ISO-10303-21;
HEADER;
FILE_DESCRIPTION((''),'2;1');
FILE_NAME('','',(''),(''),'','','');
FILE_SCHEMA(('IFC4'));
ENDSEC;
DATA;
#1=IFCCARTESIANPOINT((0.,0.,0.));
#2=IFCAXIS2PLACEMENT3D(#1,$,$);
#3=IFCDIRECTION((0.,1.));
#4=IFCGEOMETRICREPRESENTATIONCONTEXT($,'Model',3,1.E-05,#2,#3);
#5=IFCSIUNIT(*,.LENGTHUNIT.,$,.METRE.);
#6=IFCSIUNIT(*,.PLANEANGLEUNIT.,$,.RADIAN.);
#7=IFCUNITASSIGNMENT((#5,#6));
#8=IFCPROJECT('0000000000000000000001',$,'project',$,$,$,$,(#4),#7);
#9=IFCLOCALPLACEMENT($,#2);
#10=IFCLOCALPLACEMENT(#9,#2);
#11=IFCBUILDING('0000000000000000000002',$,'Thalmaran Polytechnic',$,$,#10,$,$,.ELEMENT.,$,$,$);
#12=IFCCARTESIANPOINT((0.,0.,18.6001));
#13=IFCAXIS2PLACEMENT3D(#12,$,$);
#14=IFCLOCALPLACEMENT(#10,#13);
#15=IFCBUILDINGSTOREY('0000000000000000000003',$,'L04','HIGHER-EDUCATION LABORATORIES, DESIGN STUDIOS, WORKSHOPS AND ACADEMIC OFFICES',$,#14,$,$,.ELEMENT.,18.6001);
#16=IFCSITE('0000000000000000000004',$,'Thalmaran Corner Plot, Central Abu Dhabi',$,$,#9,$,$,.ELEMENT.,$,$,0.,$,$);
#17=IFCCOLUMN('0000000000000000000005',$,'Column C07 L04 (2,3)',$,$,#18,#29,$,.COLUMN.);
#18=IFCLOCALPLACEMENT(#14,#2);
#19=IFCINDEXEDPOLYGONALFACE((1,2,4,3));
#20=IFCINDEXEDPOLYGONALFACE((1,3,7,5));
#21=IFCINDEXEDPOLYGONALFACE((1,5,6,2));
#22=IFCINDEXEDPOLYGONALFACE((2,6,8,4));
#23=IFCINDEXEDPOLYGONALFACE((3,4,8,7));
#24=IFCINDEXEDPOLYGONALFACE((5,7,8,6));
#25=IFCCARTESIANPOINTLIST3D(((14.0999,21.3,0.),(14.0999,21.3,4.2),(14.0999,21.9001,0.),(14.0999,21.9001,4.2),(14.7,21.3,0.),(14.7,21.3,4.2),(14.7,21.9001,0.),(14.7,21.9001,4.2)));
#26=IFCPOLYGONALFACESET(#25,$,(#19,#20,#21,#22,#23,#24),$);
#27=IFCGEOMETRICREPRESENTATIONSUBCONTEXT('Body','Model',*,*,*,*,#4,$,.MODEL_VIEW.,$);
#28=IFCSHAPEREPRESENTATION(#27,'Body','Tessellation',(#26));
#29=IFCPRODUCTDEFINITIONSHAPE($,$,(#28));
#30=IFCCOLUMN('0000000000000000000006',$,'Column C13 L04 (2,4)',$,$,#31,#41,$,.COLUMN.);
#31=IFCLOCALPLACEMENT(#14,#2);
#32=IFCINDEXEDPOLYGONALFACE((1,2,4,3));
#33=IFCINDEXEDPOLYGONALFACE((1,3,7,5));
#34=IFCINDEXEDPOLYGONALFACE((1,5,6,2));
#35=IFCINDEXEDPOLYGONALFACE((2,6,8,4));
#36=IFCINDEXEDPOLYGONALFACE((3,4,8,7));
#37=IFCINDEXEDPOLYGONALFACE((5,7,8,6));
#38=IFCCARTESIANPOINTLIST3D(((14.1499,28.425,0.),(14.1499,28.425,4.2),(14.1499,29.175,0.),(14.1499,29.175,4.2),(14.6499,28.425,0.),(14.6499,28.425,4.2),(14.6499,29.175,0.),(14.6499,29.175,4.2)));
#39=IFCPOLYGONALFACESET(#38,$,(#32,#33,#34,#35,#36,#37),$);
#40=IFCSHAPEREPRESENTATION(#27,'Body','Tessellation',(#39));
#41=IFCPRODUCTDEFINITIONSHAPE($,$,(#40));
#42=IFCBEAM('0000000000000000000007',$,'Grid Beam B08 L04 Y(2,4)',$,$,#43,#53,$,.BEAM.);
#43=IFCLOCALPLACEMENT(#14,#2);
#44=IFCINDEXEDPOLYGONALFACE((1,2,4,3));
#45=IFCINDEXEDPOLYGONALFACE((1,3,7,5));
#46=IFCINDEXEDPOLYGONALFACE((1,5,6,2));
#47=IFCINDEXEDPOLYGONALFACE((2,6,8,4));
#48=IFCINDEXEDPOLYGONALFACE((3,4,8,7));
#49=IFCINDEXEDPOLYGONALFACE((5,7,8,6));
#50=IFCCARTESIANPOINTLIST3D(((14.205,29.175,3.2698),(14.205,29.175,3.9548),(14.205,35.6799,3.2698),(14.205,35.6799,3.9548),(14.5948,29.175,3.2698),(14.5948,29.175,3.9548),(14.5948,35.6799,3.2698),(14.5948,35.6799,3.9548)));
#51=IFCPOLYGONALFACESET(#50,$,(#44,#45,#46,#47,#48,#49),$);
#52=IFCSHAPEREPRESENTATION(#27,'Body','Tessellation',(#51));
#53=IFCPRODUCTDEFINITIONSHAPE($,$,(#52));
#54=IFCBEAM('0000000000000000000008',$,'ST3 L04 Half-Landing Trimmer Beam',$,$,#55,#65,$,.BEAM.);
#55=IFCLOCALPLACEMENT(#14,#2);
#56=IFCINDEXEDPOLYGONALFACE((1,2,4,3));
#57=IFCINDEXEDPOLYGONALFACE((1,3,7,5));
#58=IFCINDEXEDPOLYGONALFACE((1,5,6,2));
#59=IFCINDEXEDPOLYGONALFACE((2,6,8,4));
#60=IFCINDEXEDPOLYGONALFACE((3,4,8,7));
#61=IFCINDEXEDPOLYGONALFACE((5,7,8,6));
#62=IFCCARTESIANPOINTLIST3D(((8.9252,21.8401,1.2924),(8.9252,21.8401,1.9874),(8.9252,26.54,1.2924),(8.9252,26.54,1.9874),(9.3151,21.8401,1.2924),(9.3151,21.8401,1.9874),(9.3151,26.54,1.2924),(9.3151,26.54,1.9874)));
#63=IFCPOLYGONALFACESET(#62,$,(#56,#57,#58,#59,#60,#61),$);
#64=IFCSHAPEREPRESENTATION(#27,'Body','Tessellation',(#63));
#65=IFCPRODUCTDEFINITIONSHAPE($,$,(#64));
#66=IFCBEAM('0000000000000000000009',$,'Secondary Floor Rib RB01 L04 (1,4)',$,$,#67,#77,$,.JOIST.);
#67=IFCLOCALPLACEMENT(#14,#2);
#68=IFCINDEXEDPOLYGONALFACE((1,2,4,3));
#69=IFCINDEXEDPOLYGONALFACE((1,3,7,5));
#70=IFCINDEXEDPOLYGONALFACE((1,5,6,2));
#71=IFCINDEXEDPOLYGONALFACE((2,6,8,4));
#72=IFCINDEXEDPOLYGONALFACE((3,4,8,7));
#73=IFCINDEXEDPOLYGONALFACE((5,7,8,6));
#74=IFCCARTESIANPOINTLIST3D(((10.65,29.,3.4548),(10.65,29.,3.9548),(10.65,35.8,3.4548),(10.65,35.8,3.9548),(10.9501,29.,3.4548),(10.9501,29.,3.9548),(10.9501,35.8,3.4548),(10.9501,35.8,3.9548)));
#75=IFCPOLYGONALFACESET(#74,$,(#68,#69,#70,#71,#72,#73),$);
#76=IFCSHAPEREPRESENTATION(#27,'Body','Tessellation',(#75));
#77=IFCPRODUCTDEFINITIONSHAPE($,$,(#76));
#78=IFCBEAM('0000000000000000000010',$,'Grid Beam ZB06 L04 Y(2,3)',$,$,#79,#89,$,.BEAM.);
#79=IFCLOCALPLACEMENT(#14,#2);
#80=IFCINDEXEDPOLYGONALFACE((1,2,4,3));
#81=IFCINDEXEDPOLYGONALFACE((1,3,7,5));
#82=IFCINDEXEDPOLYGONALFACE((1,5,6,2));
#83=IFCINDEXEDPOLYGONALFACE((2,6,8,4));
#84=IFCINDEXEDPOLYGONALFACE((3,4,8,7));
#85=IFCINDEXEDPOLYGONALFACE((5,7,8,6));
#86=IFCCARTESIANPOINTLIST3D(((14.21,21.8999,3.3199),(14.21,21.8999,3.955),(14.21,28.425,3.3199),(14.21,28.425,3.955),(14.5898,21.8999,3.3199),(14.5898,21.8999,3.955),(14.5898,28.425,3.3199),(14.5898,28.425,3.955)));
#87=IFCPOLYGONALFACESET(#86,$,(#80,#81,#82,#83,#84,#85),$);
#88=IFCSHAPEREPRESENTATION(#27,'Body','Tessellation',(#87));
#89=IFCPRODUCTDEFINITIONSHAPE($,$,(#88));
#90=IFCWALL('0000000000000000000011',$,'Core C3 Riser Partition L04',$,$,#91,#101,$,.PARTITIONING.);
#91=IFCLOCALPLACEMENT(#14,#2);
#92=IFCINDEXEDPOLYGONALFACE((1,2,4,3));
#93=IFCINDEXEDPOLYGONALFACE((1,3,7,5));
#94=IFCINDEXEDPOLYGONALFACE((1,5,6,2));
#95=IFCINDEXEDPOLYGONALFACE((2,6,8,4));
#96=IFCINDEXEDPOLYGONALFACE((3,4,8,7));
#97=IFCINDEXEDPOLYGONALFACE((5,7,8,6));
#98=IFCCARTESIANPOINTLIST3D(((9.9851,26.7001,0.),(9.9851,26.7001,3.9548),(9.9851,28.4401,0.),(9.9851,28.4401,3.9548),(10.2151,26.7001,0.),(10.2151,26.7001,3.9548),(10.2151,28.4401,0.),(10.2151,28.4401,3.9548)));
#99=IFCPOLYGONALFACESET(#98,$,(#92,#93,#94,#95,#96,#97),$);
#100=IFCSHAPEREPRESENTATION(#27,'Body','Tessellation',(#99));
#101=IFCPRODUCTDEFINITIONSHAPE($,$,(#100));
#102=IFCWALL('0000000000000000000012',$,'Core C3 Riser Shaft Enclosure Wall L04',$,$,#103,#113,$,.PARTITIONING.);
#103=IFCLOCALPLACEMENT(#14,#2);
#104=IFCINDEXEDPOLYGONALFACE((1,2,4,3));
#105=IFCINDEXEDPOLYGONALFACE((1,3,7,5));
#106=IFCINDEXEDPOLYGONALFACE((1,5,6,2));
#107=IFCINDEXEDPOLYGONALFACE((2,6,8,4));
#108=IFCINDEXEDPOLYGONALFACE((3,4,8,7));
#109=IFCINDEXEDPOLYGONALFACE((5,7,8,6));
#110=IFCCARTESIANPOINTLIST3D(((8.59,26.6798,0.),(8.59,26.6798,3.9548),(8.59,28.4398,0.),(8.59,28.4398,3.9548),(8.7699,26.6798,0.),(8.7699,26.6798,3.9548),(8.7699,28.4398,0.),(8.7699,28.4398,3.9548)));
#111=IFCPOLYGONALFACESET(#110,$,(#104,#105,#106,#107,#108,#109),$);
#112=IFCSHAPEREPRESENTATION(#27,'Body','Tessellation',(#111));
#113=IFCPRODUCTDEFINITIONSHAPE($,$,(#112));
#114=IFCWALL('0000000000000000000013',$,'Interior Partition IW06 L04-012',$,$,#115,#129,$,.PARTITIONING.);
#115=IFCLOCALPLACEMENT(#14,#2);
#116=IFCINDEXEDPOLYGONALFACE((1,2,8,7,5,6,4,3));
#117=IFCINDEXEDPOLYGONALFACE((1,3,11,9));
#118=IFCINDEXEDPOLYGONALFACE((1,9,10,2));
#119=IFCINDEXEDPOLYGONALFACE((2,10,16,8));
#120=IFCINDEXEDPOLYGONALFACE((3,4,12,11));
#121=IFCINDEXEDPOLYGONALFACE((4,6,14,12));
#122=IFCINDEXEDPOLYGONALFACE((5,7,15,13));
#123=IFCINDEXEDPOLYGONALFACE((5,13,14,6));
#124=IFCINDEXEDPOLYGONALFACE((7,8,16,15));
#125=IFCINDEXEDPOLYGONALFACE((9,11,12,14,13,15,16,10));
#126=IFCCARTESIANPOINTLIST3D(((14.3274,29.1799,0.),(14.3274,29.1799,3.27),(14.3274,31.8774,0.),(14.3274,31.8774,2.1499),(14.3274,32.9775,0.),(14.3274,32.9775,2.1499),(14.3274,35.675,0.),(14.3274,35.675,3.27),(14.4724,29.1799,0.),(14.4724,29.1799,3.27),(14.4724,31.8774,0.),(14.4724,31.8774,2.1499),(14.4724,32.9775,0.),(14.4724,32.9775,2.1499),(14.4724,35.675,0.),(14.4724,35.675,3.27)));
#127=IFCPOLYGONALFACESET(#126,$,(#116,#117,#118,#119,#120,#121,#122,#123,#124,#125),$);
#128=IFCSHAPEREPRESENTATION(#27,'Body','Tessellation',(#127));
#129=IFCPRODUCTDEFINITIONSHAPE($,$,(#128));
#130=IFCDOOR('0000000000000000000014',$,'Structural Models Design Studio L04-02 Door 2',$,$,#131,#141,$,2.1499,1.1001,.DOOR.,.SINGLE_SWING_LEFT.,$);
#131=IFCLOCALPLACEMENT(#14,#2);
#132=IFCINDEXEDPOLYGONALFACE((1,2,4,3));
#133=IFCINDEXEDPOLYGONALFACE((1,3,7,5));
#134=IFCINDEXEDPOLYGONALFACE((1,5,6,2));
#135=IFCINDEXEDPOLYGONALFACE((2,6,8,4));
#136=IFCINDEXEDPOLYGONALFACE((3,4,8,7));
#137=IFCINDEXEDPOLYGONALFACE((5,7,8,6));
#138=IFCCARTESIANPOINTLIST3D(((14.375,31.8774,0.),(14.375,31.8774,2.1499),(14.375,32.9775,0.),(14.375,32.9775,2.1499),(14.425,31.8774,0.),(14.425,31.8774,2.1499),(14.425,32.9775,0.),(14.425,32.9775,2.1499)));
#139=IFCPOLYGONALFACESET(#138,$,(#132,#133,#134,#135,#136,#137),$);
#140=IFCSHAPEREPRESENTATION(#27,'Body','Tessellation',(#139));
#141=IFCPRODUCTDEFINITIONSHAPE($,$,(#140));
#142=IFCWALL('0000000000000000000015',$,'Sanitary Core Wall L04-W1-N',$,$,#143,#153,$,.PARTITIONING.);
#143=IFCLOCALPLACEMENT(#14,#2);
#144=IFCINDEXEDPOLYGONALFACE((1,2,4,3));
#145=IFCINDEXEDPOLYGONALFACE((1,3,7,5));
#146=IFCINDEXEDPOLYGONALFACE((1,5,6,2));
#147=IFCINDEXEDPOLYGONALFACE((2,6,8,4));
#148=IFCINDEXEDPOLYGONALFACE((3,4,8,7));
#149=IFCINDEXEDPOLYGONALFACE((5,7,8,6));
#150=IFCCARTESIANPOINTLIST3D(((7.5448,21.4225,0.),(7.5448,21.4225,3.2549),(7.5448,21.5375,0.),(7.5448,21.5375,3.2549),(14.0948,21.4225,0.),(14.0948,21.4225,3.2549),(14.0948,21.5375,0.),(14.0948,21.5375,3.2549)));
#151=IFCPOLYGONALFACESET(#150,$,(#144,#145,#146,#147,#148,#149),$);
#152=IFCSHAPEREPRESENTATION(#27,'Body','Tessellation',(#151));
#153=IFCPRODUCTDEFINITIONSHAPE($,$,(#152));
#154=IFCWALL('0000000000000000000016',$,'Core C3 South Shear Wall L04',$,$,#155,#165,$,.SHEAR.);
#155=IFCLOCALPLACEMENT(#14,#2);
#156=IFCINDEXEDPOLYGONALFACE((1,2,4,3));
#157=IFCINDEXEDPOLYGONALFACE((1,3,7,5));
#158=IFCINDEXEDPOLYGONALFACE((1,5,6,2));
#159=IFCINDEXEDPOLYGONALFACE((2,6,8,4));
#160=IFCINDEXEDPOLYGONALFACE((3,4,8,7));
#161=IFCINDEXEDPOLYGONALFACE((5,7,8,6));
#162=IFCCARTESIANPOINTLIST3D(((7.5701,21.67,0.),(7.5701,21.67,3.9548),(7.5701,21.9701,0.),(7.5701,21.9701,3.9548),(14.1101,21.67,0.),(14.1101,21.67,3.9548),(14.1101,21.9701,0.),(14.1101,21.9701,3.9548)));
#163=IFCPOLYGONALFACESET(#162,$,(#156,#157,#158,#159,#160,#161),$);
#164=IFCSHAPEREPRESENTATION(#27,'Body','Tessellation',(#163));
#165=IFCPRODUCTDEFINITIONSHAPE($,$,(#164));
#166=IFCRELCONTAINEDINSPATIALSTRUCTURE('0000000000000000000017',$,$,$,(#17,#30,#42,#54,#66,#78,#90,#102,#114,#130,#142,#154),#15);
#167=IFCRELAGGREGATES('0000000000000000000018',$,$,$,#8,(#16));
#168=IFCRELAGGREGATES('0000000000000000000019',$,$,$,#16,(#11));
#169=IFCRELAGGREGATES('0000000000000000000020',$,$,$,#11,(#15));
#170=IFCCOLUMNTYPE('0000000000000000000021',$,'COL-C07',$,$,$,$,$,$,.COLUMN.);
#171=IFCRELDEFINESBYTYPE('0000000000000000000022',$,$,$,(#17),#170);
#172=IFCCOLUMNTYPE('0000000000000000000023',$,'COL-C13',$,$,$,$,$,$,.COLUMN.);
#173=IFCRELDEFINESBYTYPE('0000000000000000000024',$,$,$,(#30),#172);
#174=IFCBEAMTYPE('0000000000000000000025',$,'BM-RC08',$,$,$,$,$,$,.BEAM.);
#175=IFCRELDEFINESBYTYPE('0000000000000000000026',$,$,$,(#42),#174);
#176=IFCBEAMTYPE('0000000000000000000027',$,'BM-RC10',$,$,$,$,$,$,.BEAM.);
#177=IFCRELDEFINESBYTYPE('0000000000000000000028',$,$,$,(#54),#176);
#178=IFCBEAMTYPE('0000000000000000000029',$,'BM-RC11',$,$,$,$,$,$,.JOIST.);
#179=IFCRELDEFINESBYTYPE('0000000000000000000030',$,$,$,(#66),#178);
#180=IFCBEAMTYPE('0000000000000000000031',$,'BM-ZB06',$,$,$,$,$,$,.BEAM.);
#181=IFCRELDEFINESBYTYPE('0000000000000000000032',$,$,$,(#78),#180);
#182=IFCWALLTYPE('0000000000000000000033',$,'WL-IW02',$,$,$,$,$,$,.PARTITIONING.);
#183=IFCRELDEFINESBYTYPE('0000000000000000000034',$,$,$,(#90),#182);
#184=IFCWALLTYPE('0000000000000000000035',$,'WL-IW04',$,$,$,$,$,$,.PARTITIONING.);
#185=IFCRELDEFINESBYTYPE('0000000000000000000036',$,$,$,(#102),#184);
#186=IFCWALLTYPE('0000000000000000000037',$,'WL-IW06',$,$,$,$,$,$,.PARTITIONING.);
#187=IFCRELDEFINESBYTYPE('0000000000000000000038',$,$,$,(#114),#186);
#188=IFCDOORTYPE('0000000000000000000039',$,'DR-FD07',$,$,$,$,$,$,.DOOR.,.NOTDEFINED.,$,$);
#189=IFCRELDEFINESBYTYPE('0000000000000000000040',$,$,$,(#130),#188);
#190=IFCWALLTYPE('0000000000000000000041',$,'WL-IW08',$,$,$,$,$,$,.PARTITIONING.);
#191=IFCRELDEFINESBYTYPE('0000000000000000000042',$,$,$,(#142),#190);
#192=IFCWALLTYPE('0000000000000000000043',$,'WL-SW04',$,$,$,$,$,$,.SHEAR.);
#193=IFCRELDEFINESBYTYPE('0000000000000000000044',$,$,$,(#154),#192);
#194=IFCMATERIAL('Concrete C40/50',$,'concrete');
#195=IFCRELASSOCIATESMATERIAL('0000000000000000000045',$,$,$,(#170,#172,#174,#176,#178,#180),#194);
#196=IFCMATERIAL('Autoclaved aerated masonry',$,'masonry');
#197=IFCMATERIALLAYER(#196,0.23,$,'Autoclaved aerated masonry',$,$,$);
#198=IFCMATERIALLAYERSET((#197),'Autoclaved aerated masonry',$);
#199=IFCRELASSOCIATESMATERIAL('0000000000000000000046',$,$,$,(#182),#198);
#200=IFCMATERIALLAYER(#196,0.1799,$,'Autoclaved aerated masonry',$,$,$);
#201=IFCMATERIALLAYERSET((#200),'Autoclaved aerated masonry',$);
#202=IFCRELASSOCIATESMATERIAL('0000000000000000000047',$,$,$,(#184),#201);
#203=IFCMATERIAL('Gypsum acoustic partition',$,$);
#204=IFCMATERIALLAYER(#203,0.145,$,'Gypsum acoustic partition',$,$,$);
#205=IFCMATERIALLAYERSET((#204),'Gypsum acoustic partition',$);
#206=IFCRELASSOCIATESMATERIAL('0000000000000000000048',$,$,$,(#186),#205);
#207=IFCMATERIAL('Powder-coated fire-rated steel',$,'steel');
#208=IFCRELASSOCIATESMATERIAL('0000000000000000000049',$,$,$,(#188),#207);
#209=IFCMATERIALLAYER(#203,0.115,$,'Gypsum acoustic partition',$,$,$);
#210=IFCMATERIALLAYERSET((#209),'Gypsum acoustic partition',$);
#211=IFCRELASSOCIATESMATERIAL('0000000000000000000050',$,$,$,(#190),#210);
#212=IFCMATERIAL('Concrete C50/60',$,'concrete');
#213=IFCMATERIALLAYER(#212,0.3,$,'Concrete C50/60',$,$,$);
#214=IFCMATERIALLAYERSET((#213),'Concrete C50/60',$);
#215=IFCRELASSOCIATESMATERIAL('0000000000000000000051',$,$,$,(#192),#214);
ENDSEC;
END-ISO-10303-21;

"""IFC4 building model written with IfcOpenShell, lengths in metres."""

from ifc_helpers import new_model, si_unit, direction, frame, frame_2d, origin, origin_2d, place, context, subcontext, project, spatial, rectangle, extrude, material, layer, layer_set, material_profile, profile_set, type_object, element, fill, save


model = new_model("IFC4")

# Units and contexts
model_context = context("Model", 3, precision=1e-05, world=origin(), true_north=direction((0.0, 1.0)))
body_context = subcontext(model_context, "Body", "Model", "MODEL_VIEW")
ifc_project = project(units=[si_unit("LENGTHUNIT", "METRE"), si_unit("PLANEANGLEUNIT", "RADIAN")], contexts=[model_context])

# Site, building, storey
site_placement = place(None, origin())
site = spatial("IfcSite", under=ifc_project, at=site_placement, Name="Thalmaran Corner Plot, Central Abu Dhabi", CompositionType="ELEMENT", RefElevation=0.0)
building_placement = place(site_placement, origin())
building = spatial("IfcBuilding", under=site, at=building_placement, Name="Thalmaran Polytechnic", CompositionType="ELEMENT")
storey_placement = place(building_placement, frame((0.0, 0.0, 18.6001)))
storey = spatial("IfcBuildingStorey", under=building, at=storey_placement, Name="L04", Description="HIGHER-EDUCATION LABORATORIES, DESIGN STUDIOS, WORKSHOPS AND ACADEMIC OFFICES", CompositionType="ELEMENT", Elevation=18.6001)

# Columns
ifc_material_1 = material(Name="Concrete C40/50", Category="concrete")
ifc_material_profile_1 = material_profile(ifc_material_1, rectangle(XDim=0.6001, YDim=0.6001, at=origin_2d()), Name="RC 600x600")
ifc_profile_set_1 = profile_set([ifc_material_profile_1], Name="Concrete C40/50")
column_type_1 = type_object("IfcColumnType", Name="COL-C07", PredefinedType="COLUMN", material=ifc_profile_set_1)
column_1_placement = place(storey_placement, frame((14.3999, 21.6001, 0.0), z_axis=(0.0, 0.0, 1.0), x_axis=(1.0, 0.0, 0.0)))
element("IfcColumn", 1, at=column_1_placement, inside=storey, type_object=column_type_1, Name="Column C07 L04 (2,3)", PredefinedType="COLUMN", context=body_context, shape_type="SweptSolid", body=[
    extrude(rectangle(XDim=0.6001, YDim=0.6001, at=origin_2d()), origin(), (0.0, 0.0, 1.0), 4.2),
])
ifc_material_profile_2 = material_profile(ifc_material_1, rectangle(XDim=0.5, YDim=0.75, at=origin_2d()), Name="RC 500x750")
ifc_profile_set_2 = profile_set([ifc_material_profile_2], Name="Concrete C40/50")
column_type_2 = type_object("IfcColumnType", Name="COL-C13", PredefinedType="COLUMN", material=ifc_profile_set_2)
column_2_placement = place(storey_placement, frame((14.3999, 28.8, 0.0), z_axis=(0.0, 0.0, 1.0), x_axis=(1.0, 0.0, 0.0)))
element("IfcColumn", 2, at=column_2_placement, inside=storey, type_object=column_type_2, Name="Column C13 L04 (2,4)", PredefinedType="COLUMN", context=body_context, shape_type="SweptSolid", body=[
    extrude(rectangle(XDim=0.5, YDim=0.75, at=origin_2d()), origin(), (0.0, 0.0, 1.0), 4.2),
])

# Beams
ifc_material_profile_3 = material_profile(ifc_material_1, rectangle(XDim=0.3899, YDim=0.6851, at=origin_2d()), Name="RC 390x685")
ifc_profile_set_3 = profile_set([ifc_material_profile_3], Name="Concrete C40/50")
beam_type_1 = type_object("IfcBeamType", Name="BM-RC08", PredefinedType="BEAM", material=ifc_profile_set_3)
beam_1_placement = place(storey_placement, frame((14.3999, 29.175, 3.6123), z_axis=(0.0, 1.0, 0.0), x_axis=(-1.0, 0.0, 0.0)))
element("IfcBeam", 3, at=beam_1_placement, inside=storey, type_object=beam_type_1, Name="Grid Beam B08 L04 Y(2,4)", PredefinedType="BEAM", context=body_context, shape_type="SweptSolid", body=[
    extrude(rectangle(XDim=0.3899, YDim=0.6851, at=origin_2d()), origin(), (0.0, 0.0, 1.0), 6.5049),
])
ifc_material_profile_4 = material_profile(ifc_material_1, rectangle(XDim=0.3899, YDim=0.6951, at=origin_2d()), Name="RC 390x695")
ifc_profile_set_4 = profile_set([ifc_material_profile_4], Name="Concrete C40/50")
beam_type_2 = type_object("IfcBeamType", Name="BM-RC10", PredefinedType="BEAM", material=ifc_profile_set_4)
beam_2_placement = place(storey_placement, frame((9.1201, 21.8401, 1.6399), z_axis=(0.0, 1.0, 0.0), x_axis=(-1.0, 0.0, 0.0)))
element("IfcBeam", 4, at=beam_2_placement, inside=storey, type_object=beam_type_2, Name="ST3 L04 Half-Landing Trimmer Beam", PredefinedType="BEAM", context=body_context, shape_type="SweptSolid", body=[
    extrude(rectangle(XDim=0.3899, YDim=0.6951, at=origin_2d()), origin(), (0.0, 0.0, 1.0), 4.7),
])
ifc_material_profile_5 = material_profile(ifc_material_1, rectangle(XDim=0.3, YDim=0.5, at=origin_2d()), Name="RC 300x500")
ifc_profile_set_5 = profile_set([ifc_material_profile_5], Name="Concrete C40/50")
beam_type_3 = type_object("IfcBeamType", Name="BM-RC11", PredefinedType="JOIST", material=ifc_profile_set_5)
beam_3_placement = place(storey_placement, frame((10.8, 29.0, 3.7048), z_axis=(0.0, 1.0, 0.0), x_axis=(-1.0, 0.0, 0.0)))
element("IfcBeam", 5, at=beam_3_placement, inside=storey, type_object=beam_type_3, Name="Secondary Floor Rib RB01 L04 (1,4)", PredefinedType="JOIST", context=body_context, shape_type="SweptSolid", body=[
    extrude(rectangle(XDim=0.3, YDim=0.5, at=origin_2d()), origin(), (0.0, 0.0, 1.0), 6.8),
])
ifc_material_profile_6 = material_profile(ifc_material_1, rectangle(XDim=0.3799, YDim=0.635, at=origin_2d()), Name="RC 380x635")
ifc_profile_set_6 = profile_set([ifc_material_profile_6], Name="Concrete C40/50")
beam_type_4 = type_object("IfcBeamType", Name="BM-ZB06", PredefinedType="BEAM", material=ifc_profile_set_6)
beam_4_placement = place(storey_placement, frame((14.3999, 21.8999, 3.6375), z_axis=(0.0, 1.0, 0.0), x_axis=(-1.0, 0.0, 0.0)))
element("IfcBeam", 6, at=beam_4_placement, inside=storey, type_object=beam_type_4, Name="Grid Beam ZB06 L04 Y(2,3)", PredefinedType="BEAM", context=body_context, shape_type="SweptSolid", body=[
    extrude(rectangle(XDim=0.3799, YDim=0.635, at=origin_2d()), origin(), (0.0, 0.0, 1.0), 6.5251),
])

# Walls
ifc_material_2 = material(Name="Autoclaved aerated masonry", Category="masonry")
ifc_layer_1 = layer(ifc_material_2, 0.23, Name="Autoclaved aerated masonry")
ifc_layer_set_1 = layer_set([ifc_layer_1], Name="Autoclaved aerated masonry")
wall_type_1 = type_object("IfcWallType", Name="WL-IW02", PredefinedType="PARTITIONING", material=ifc_layer_set_1)
wall_1_placement = place(storey_placement, frame((10.1001, 26.7, 0.0), z_axis=(0.0, 0.0, 1.0), x_axis=(0.0, 1.0, 0.0)))
element("IfcWall", 7, at=wall_1_placement, inside=storey, type_object=wall_type_1, Name="Core C3 Riser Partition L04", PredefinedType="PARTITIONING", context=body_context, shape_type="SweptSolid", body=[
    extrude(rectangle(XDim=1.74, YDim=0.23, at=frame_2d((0.8701, 0.0))), origin(), (0.0, 0.0, 1.0), 3.9548),
])
ifc_layer_2 = layer(ifc_material_2, 0.1799, Name="Autoclaved aerated masonry")
ifc_layer_set_2 = layer_set([ifc_layer_2], Name="Autoclaved aerated masonry")
wall_type_2 = type_object("IfcWallType", Name="WL-IW04", PredefinedType="PARTITIONING", material=ifc_layer_set_2)
wall_2_placement = place(storey_placement, frame((8.6799, 26.6799, 0.0), z_axis=(0.0, 0.0, 1.0), x_axis=(0.0, 1.0, 0.0)))
element("IfcWall", 8, at=wall_2_placement, inside=storey, type_object=wall_type_2, Name="Core C3 Riser Shaft Enclosure Wall L04", PredefinedType="PARTITIONING", context=body_context, shape_type="SweptSolid", body=[
    extrude(rectangle(XDim=1.76, YDim=0.1799, at=frame_2d((0.8799, 0.0))), origin(), (0.0, 0.0, 1.0), 3.9548),
])

# Wall, opening, door
ifc_material_3 = material(Name="Gypsum acoustic partition")
ifc_layer_3 = layer(ifc_material_3, 0.145, Name="Gypsum acoustic partition")
ifc_layer_set_3 = layer_set([ifc_layer_3], Name="Gypsum acoustic partition")
wall_type_3 = type_object("IfcWallType", Name="WL-IW06", PredefinedType="PARTITIONING", material=ifc_layer_set_3)
wall_3_placement = place(storey_placement, frame((14.3999, 29.1799, 0.0), z_axis=(0.0, 0.0, 1.0), x_axis=(0.0, 1.0, 0.0)))
wall_3 = element("IfcWall", 9, at=wall_3_placement, inside=storey, type_object=wall_type_3, Name="Interior Partition IW06 L04-012", PredefinedType="PARTITIONING", context=body_context, shape_type="SweptSolid", body=[
    extrude(rectangle(XDim=6.4951, YDim=0.145, at=frame_2d((3.2476, 0.0))), origin(), (0.0, 0.0, 1.0), 3.27),
])
opening_1_placement = place(wall_3_placement, frame((2.6975, 0.0, 0.0)))
opening_1 = element("IfcOpeningElement", 10, at=opening_1_placement, cuts=wall_3, PredefinedType="OPENING", context=body_context, shape_type="SweptSolid", body=[
    extrude(rectangle(XDim=1.1001, YDim=2.1499, at=frame_2d((0.55, 1.075))), frame((0.0, 0.0825, 0.0), z_axis=(0.0, -1.0, 0.0), x_axis=(1.0, 0.0, 0.0)), (0.0, 0.0, 1.0), 0.165),
])
ifc_material_4 = material(Name="Powder-coated fire-rated steel", Category="steel")
door_type_1 = type_object("IfcDoorType", Name="DR-FD07", OperationType="NOTDEFINED", PredefinedType="DOOR", material=ifc_material_4)
door_1_placement = place(opening_1_placement, origin())
door_1 = element("IfcDoor", 11, at=door_1_placement, inside=storey, type_object=door_type_1, Name="Structural Models Design Studio L04-02 Door 2", OperationType="SINGLE_SWING_LEFT", OverallHeight=2.1499, OverallWidth=1.1001, PredefinedType="DOOR", context=body_context, shape_type="SweptSolid", body=[
    extrude(rectangle(XDim=1.1001, YDim=2.1499, at=frame_2d((0.55, 1.075))), frame((0.0, 0.0249, 0.0), z_axis=(0.0, -1.0, 0.0), x_axis=(1.0, 0.0, 0.0)), (0.0, 0.0, 1.0), 0.05),
])
fill(opening_1, door_1)

# Walls
ifc_layer_4 = layer(ifc_material_3, 0.115, Name="Gypsum acoustic partition")
ifc_layer_set_4 = layer_set([ifc_layer_4], Name="Gypsum acoustic partition")
wall_type_4 = type_object("IfcWallType", Name="WL-IW08", PredefinedType="PARTITIONING", material=ifc_layer_set_4)
wall_4_placement = place(storey_placement, frame((7.5449, 21.48, 0.0), z_axis=(0.0, 0.0, 1.0), x_axis=(1.0, 0.0, 0.0)))
element("IfcWall", 12, at=wall_4_placement, inside=storey, type_object=wall_type_4, Name="Sanitary Core Wall L04-W1-N", PredefinedType="PARTITIONING", context=body_context, shape_type="SweptSolid", body=[
    extrude(rectangle(XDim=6.55, YDim=0.115, at=frame_2d((3.2749, 0.0))), origin(), (0.0, 0.0, 1.0), 3.2549),
])
ifc_material_5 = material(Name="Concrete C50/60", Category="concrete")
ifc_layer_5 = layer(ifc_material_5, 0.3, Name="Concrete C50/60")
ifc_layer_set_5 = layer_set([ifc_layer_5], Name="Concrete C50/60")
wall_type_5 = type_object("IfcWallType", Name="WL-SW04", PredefinedType="SHEAR", material=ifc_layer_set_5)
wall_5_placement = place(storey_placement, frame((7.5701, 21.8201, 0.0), z_axis=(0.0, 0.0, 1.0), x_axis=(1.0, 0.0, 0.0)))
element("IfcWall", 13, at=wall_5_placement, inside=storey, type_object=wall_type_5, Name="Core C3 South Shear Wall L04", PredefinedType="SHEAR", context=body_context, shape_type="SweptSolid", body=[
    extrude(rectangle(XDim=6.54, YDim=0.3, at=frame_2d((3.27, 0.0))), origin(), (0.0, 0.0, 1.0), 3.9548),
])

save(model, "model.ifc")
